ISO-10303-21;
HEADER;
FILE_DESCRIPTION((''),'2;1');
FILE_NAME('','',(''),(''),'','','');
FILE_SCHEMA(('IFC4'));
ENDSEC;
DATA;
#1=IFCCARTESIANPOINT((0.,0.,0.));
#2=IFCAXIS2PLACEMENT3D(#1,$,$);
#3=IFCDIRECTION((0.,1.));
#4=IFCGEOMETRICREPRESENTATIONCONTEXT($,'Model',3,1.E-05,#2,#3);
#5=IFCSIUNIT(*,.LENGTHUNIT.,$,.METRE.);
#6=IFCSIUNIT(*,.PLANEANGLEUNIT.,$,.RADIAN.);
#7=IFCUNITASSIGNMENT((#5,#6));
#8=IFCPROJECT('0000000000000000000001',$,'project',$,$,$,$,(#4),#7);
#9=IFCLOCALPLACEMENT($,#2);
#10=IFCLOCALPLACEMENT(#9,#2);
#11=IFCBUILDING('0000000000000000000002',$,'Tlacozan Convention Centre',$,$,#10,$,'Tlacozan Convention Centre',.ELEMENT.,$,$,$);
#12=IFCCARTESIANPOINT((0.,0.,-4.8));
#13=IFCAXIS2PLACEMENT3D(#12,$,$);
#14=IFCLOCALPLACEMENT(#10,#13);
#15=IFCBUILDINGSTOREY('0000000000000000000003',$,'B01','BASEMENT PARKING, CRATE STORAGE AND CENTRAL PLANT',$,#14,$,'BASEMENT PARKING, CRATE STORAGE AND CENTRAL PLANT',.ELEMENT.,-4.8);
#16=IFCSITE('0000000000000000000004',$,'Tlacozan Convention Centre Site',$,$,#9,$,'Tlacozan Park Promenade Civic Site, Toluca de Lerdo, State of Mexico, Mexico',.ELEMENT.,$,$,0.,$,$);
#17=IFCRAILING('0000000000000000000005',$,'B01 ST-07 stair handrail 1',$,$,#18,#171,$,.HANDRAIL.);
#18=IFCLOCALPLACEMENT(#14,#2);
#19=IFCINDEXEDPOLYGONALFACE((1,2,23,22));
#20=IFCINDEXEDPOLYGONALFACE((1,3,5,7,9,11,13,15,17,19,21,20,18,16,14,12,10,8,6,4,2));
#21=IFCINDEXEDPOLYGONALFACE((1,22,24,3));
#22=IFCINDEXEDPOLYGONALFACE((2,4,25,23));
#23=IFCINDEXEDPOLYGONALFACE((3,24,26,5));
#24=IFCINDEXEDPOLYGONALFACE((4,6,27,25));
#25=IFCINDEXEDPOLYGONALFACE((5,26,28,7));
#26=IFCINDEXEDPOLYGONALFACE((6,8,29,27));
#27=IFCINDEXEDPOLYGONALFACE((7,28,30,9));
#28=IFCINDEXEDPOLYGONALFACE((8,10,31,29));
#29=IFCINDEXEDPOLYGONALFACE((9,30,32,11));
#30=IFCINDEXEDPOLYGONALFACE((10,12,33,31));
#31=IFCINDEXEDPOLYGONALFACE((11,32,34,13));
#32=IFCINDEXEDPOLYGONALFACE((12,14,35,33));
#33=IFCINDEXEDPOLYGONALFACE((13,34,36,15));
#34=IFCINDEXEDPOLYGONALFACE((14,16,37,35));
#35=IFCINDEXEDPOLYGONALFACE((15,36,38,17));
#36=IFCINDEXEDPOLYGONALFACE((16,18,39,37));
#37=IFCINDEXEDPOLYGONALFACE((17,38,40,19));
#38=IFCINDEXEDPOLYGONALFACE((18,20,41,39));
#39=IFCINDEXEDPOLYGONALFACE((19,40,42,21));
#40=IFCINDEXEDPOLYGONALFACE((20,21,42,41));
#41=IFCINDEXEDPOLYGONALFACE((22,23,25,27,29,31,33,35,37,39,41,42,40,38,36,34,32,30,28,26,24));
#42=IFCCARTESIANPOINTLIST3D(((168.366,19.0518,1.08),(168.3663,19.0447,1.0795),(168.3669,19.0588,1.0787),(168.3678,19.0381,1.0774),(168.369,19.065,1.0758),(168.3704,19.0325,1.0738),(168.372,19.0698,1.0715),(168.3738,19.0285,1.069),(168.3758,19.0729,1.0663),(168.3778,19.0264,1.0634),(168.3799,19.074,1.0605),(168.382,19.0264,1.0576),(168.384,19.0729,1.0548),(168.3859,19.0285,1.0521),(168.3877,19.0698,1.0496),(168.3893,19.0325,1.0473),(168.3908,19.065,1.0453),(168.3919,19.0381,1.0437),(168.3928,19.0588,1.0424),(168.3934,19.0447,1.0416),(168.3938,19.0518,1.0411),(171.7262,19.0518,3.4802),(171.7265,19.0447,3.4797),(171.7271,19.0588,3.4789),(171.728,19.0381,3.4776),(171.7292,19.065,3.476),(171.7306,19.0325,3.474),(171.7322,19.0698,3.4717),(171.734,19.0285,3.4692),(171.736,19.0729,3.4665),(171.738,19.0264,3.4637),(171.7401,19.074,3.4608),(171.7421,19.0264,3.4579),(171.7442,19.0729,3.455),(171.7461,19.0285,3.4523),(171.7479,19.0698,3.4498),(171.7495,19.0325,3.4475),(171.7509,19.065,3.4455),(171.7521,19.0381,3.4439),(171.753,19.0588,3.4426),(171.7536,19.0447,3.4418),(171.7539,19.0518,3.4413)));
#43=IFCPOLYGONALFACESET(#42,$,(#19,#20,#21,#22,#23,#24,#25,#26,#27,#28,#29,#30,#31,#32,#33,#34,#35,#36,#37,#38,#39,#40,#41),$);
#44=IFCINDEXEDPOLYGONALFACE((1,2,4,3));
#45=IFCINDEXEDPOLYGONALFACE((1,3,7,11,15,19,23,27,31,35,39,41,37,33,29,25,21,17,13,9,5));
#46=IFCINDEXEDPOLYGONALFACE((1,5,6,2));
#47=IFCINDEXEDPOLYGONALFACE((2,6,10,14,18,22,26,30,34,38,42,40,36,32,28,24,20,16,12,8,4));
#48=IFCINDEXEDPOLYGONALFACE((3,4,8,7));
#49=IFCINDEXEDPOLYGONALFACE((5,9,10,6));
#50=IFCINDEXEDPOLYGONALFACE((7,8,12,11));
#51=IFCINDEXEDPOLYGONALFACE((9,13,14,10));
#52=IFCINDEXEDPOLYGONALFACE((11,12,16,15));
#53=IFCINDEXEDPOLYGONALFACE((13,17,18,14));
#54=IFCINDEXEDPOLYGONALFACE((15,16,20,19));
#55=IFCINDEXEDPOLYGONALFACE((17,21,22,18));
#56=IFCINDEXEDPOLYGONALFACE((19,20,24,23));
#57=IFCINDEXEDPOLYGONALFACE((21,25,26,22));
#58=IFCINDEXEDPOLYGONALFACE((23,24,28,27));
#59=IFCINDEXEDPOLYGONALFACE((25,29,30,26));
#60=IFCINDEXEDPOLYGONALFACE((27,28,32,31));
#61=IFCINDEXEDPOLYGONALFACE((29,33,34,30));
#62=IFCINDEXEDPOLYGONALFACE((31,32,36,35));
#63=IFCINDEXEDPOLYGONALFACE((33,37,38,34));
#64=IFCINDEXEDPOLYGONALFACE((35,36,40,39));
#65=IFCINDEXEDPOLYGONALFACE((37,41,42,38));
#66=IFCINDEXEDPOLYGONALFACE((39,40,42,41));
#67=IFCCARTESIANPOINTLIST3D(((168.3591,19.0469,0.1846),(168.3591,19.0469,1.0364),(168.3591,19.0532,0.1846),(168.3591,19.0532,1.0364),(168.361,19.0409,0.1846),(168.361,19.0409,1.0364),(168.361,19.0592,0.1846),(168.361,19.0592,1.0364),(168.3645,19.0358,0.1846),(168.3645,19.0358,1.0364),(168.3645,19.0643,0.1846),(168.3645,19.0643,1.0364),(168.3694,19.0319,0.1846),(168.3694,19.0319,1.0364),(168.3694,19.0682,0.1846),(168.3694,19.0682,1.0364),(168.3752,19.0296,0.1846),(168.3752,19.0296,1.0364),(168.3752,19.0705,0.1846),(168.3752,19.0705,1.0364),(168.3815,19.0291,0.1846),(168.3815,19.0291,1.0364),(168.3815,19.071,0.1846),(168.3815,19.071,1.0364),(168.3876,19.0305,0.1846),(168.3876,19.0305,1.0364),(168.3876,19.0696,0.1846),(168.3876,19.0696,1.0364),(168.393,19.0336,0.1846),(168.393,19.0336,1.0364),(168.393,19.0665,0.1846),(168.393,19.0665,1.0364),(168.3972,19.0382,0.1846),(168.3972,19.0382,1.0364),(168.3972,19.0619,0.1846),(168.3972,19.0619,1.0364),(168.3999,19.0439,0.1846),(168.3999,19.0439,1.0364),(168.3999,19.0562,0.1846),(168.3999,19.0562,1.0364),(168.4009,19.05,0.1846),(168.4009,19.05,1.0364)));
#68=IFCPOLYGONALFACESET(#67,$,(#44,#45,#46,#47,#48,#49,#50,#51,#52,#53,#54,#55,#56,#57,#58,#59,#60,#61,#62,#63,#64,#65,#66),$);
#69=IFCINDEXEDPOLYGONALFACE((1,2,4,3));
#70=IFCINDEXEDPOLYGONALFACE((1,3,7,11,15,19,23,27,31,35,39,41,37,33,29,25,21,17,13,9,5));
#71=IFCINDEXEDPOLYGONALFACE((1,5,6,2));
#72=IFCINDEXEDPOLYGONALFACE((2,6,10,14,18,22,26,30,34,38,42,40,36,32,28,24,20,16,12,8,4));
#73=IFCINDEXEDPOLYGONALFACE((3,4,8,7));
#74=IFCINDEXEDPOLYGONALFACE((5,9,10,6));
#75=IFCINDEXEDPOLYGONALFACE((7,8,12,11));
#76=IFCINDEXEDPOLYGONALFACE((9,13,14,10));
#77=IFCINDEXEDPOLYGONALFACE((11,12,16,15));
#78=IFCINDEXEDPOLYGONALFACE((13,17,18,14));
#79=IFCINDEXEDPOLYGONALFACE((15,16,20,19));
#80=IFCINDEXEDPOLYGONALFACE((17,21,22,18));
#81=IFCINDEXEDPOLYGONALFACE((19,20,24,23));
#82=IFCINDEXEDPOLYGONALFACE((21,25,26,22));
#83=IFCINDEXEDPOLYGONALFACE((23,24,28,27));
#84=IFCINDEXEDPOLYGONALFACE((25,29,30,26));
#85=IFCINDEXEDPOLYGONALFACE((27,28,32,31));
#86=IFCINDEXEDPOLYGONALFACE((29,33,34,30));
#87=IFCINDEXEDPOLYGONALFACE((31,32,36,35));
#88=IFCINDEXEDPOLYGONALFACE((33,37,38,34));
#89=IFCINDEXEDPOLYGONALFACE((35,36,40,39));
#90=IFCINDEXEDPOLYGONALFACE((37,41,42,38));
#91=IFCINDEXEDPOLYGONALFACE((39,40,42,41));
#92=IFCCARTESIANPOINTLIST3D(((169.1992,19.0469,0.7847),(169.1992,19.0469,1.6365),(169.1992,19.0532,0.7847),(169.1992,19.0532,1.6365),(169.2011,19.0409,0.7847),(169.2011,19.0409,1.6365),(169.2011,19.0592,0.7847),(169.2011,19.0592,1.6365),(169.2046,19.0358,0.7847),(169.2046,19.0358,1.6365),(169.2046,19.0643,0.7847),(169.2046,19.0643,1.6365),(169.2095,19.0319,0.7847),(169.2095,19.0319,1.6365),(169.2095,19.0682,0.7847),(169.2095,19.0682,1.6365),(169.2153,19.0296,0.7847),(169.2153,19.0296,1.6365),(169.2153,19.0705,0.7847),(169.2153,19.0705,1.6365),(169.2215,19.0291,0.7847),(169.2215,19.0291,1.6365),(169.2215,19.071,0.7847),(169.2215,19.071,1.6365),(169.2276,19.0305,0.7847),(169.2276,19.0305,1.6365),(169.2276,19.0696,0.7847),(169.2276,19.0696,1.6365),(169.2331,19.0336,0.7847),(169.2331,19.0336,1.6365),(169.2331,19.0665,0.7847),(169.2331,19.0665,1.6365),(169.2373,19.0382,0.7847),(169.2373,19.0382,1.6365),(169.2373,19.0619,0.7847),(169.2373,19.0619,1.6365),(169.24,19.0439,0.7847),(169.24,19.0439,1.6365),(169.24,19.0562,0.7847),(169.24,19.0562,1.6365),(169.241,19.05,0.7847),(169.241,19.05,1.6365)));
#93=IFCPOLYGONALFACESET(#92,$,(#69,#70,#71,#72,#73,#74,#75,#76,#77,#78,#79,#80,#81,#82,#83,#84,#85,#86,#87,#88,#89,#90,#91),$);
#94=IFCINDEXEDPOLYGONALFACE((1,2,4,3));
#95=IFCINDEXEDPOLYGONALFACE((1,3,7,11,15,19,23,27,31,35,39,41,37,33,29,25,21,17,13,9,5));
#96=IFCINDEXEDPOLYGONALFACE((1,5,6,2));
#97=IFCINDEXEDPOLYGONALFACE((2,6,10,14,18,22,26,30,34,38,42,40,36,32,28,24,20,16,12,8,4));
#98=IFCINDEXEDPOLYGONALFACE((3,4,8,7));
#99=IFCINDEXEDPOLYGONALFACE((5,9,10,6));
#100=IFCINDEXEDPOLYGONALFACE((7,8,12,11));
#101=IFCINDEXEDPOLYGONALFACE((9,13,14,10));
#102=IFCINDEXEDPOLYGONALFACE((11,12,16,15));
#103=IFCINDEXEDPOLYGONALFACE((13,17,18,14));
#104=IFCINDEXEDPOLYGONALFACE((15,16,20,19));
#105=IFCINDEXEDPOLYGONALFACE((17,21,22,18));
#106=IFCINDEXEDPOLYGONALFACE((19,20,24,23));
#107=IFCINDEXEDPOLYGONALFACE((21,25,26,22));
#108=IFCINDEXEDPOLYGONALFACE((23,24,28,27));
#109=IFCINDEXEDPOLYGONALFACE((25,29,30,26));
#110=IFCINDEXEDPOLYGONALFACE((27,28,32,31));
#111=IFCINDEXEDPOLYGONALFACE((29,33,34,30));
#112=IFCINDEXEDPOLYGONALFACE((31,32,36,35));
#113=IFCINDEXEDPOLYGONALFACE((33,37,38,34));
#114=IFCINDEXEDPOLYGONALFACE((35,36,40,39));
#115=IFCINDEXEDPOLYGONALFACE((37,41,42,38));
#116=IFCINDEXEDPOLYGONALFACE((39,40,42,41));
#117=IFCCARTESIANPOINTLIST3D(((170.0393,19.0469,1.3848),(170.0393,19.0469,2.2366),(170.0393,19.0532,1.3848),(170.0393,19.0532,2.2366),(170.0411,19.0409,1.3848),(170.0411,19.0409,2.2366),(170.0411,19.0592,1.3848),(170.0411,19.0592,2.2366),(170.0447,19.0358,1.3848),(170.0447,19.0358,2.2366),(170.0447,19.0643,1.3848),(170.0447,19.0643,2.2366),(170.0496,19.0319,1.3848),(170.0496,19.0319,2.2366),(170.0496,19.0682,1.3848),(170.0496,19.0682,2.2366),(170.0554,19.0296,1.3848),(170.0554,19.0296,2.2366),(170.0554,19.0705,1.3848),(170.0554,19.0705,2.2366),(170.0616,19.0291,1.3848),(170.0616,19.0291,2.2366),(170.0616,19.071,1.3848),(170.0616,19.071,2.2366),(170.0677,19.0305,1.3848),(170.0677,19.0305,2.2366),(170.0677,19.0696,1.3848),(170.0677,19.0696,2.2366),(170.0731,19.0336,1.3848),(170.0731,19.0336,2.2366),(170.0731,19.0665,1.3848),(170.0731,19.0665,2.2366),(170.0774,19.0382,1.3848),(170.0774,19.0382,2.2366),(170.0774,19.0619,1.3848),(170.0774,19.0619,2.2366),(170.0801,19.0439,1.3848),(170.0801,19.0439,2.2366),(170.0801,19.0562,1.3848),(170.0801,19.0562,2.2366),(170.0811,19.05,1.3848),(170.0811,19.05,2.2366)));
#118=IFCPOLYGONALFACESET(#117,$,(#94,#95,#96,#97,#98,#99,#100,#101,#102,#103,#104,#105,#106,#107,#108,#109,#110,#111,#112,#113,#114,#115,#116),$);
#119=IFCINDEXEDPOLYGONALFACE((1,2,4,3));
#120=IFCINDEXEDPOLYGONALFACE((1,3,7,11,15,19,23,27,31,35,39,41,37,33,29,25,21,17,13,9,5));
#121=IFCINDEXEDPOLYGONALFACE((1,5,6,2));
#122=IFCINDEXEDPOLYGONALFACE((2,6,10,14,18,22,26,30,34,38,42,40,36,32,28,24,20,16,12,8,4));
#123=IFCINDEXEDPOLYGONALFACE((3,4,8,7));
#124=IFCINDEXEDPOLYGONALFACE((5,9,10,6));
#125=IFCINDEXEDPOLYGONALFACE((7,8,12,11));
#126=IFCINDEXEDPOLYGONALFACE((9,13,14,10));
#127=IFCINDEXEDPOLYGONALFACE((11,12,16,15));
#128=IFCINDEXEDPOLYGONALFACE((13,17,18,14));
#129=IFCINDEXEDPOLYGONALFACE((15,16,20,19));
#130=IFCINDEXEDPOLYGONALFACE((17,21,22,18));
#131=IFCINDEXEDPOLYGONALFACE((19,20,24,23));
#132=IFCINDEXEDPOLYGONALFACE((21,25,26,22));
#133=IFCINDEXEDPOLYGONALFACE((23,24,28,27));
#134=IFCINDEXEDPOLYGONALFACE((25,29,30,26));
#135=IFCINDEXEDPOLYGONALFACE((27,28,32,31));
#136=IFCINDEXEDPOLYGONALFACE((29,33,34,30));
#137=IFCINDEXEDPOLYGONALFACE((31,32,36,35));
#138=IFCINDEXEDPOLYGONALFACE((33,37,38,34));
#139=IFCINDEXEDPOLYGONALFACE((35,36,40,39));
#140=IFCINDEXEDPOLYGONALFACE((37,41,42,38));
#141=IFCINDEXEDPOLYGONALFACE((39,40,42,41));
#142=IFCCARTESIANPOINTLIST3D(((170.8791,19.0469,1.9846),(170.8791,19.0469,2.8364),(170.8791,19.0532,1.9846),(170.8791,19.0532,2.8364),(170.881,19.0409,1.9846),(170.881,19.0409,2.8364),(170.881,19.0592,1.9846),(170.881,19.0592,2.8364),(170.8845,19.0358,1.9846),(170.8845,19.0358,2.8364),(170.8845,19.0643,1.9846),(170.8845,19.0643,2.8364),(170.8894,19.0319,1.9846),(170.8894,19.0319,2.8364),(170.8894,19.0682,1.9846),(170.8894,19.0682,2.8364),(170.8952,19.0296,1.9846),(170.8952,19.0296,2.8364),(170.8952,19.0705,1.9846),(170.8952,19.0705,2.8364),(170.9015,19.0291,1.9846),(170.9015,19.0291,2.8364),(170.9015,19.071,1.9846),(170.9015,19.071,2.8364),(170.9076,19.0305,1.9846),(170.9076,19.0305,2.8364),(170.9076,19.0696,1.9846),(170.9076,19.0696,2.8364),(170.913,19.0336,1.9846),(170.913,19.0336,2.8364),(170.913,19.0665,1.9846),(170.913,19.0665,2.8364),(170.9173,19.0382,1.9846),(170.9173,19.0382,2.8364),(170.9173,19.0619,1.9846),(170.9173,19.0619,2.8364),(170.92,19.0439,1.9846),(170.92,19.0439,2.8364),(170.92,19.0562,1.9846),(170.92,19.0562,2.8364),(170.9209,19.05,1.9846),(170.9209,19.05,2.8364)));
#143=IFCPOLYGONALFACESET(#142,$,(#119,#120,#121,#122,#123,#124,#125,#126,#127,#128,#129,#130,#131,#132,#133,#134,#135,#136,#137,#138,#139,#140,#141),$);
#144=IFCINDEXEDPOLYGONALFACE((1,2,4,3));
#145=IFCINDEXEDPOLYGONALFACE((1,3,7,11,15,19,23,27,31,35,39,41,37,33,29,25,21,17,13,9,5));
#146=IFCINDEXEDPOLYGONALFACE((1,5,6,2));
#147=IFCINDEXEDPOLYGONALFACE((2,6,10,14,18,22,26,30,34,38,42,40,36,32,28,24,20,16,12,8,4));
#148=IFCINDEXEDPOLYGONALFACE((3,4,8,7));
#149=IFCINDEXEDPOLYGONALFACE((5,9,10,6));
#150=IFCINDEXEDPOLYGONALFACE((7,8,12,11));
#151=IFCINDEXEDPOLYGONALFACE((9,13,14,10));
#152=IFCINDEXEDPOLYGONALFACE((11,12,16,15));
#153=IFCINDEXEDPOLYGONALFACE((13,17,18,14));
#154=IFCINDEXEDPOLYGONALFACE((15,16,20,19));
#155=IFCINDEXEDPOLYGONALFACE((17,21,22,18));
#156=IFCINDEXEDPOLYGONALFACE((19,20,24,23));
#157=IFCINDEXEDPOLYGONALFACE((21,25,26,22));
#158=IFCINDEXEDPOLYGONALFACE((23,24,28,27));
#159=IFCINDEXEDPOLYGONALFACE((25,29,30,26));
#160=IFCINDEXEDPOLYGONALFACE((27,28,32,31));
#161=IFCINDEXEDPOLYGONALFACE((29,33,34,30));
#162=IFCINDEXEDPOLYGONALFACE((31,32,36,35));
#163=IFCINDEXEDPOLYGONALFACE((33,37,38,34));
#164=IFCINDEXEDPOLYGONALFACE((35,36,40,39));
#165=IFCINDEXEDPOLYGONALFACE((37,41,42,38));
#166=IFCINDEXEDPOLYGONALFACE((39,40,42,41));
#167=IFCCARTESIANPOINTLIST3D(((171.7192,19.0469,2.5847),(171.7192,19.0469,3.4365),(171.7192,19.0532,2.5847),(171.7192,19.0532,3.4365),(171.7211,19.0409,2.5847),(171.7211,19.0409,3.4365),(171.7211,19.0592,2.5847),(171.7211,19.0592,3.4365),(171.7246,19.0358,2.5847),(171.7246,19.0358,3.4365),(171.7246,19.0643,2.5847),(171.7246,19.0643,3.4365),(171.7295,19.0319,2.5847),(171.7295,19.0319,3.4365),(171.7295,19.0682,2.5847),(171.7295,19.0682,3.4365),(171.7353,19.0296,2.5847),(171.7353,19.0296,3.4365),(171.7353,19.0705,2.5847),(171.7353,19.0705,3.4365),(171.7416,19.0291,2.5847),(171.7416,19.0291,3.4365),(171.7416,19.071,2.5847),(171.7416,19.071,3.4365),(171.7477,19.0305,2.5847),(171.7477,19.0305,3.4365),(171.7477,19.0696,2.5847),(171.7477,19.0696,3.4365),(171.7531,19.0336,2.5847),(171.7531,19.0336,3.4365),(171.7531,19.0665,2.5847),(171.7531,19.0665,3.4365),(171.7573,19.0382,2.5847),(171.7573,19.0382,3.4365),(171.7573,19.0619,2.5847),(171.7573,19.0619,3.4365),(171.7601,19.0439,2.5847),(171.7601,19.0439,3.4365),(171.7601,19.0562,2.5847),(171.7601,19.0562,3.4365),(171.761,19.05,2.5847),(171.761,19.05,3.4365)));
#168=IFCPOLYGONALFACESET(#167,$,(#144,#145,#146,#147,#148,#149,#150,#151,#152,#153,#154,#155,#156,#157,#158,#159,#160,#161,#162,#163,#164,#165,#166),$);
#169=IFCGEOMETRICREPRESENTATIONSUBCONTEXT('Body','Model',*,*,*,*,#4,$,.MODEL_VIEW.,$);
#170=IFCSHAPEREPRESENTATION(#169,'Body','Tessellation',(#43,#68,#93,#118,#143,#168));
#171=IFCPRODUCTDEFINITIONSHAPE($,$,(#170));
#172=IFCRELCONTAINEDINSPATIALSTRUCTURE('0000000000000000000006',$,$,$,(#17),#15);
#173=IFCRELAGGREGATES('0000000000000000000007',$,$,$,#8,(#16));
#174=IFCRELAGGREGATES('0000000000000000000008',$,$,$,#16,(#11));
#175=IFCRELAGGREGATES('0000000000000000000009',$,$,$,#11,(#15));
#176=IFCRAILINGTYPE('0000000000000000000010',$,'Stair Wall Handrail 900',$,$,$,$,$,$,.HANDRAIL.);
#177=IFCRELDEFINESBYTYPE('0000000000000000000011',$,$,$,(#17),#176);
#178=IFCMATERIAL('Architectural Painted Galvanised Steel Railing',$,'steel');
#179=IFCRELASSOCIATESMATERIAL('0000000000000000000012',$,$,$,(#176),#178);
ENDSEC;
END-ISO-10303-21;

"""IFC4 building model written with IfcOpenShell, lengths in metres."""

from ifc_helpers import new_model, si_unit, direction, frame, origin, origin_2d, place, context, subcontext, project, spatial, circle, extrude, material, type_object, element, save


model = new_model("IFC4")

# Units and contexts
model_context = context("Model", 3, precision=1e-05, world=origin(), true_north=direction((0.0, 1.0)))
body_context = subcontext(model_context, "Body", "Model", "MODEL_VIEW")
ifc_project = project(units=[si_unit("LENGTHUNIT", "METRE"), si_unit("PLANEANGLEUNIT", "RADIAN")], contexts=[model_context])

# Site, building, storey
site_placement = place(None, origin())
site = spatial("IfcSite", under=ifc_project, at=site_placement, Name="Tlacozan Convention Centre Site", LongName="Tlacozan Park Promenade Civic Site, Toluca de Lerdo, State of Mexico, Mexico", CompositionType="ELEMENT", RefElevation=0.0)
building_placement = place(site_placement, origin())
building = spatial("IfcBuilding", under=site, at=building_placement, Name="Tlacozan Convention Centre", LongName="Tlacozan Convention Centre", CompositionType="ELEMENT")
storey_placement = place(building_placement, frame((0.0, 0.0, -4.8)))
storey = spatial("IfcBuildingStorey", under=building, at=storey_placement, Name="B01", Description="BASEMENT PARKING, CRATE STORAGE AND CENTRAL PLANT", LongName="BASEMENT PARKING, CRATE STORAGE AND CENTRAL PLANT", CompositionType="ELEMENT", Elevation=-4.8)

# Railing
ifc_material_1 = material(Name="Architectural Painted Galvanised Steel Railing", Category="steel")
railing_type_1 = type_object("IfcRailingType", Name="Stair Wall Handrail 900", PredefinedType="HANDRAIL", material=ifc_material_1)
railing_1_placement = place(storey_placement, frame((168.3799, 19.05, 0.1846)))
element("IfcRailing", 1, at=railing_1_placement, inside=storey, type_object=railing_type_1, Name="B01 ST-07 stair handrail 1", PredefinedType="HANDRAIL", context=body_context, shape_type="SweptSolid", body=[
    extrude(circle(Radius=0.0239, at=origin_2d()), frame((0.0, 0.0, 0.876), z_axis=(0.813725, 0.0, 0.581249), x_axis=(0.0, 1.0, 0.0)), (0.0, 0.0, 1.0), 4.1294),
    extrude(circle(Radius=0.021, at=origin_2d()), origin(), (0.0, 0.0, 1.0), 0.8518),
    extrude(circle(Radius=0.021, at=origin_2d()), frame((0.8401, 0.0, 0.6001)), (0.0, 0.0, 1.0), 0.8518),
    extrude(circle(Radius=0.021, at=origin_2d()), frame((1.6802, 0.0, 1.2002)), (0.0, 0.0, 1.0), 0.8518),
    extrude(circle(Radius=0.021, at=origin_2d()), frame((2.52, 0.0, 1.8)), (0.0, 0.0, 1.0), 0.8518),
    extrude(circle(Radius=0.021, at=origin_2d()), frame((3.3601, 0.0, 2.4001)), (0.0, 0.0, 1.0), 0.8518),
])

save(model, "model.ifc")
